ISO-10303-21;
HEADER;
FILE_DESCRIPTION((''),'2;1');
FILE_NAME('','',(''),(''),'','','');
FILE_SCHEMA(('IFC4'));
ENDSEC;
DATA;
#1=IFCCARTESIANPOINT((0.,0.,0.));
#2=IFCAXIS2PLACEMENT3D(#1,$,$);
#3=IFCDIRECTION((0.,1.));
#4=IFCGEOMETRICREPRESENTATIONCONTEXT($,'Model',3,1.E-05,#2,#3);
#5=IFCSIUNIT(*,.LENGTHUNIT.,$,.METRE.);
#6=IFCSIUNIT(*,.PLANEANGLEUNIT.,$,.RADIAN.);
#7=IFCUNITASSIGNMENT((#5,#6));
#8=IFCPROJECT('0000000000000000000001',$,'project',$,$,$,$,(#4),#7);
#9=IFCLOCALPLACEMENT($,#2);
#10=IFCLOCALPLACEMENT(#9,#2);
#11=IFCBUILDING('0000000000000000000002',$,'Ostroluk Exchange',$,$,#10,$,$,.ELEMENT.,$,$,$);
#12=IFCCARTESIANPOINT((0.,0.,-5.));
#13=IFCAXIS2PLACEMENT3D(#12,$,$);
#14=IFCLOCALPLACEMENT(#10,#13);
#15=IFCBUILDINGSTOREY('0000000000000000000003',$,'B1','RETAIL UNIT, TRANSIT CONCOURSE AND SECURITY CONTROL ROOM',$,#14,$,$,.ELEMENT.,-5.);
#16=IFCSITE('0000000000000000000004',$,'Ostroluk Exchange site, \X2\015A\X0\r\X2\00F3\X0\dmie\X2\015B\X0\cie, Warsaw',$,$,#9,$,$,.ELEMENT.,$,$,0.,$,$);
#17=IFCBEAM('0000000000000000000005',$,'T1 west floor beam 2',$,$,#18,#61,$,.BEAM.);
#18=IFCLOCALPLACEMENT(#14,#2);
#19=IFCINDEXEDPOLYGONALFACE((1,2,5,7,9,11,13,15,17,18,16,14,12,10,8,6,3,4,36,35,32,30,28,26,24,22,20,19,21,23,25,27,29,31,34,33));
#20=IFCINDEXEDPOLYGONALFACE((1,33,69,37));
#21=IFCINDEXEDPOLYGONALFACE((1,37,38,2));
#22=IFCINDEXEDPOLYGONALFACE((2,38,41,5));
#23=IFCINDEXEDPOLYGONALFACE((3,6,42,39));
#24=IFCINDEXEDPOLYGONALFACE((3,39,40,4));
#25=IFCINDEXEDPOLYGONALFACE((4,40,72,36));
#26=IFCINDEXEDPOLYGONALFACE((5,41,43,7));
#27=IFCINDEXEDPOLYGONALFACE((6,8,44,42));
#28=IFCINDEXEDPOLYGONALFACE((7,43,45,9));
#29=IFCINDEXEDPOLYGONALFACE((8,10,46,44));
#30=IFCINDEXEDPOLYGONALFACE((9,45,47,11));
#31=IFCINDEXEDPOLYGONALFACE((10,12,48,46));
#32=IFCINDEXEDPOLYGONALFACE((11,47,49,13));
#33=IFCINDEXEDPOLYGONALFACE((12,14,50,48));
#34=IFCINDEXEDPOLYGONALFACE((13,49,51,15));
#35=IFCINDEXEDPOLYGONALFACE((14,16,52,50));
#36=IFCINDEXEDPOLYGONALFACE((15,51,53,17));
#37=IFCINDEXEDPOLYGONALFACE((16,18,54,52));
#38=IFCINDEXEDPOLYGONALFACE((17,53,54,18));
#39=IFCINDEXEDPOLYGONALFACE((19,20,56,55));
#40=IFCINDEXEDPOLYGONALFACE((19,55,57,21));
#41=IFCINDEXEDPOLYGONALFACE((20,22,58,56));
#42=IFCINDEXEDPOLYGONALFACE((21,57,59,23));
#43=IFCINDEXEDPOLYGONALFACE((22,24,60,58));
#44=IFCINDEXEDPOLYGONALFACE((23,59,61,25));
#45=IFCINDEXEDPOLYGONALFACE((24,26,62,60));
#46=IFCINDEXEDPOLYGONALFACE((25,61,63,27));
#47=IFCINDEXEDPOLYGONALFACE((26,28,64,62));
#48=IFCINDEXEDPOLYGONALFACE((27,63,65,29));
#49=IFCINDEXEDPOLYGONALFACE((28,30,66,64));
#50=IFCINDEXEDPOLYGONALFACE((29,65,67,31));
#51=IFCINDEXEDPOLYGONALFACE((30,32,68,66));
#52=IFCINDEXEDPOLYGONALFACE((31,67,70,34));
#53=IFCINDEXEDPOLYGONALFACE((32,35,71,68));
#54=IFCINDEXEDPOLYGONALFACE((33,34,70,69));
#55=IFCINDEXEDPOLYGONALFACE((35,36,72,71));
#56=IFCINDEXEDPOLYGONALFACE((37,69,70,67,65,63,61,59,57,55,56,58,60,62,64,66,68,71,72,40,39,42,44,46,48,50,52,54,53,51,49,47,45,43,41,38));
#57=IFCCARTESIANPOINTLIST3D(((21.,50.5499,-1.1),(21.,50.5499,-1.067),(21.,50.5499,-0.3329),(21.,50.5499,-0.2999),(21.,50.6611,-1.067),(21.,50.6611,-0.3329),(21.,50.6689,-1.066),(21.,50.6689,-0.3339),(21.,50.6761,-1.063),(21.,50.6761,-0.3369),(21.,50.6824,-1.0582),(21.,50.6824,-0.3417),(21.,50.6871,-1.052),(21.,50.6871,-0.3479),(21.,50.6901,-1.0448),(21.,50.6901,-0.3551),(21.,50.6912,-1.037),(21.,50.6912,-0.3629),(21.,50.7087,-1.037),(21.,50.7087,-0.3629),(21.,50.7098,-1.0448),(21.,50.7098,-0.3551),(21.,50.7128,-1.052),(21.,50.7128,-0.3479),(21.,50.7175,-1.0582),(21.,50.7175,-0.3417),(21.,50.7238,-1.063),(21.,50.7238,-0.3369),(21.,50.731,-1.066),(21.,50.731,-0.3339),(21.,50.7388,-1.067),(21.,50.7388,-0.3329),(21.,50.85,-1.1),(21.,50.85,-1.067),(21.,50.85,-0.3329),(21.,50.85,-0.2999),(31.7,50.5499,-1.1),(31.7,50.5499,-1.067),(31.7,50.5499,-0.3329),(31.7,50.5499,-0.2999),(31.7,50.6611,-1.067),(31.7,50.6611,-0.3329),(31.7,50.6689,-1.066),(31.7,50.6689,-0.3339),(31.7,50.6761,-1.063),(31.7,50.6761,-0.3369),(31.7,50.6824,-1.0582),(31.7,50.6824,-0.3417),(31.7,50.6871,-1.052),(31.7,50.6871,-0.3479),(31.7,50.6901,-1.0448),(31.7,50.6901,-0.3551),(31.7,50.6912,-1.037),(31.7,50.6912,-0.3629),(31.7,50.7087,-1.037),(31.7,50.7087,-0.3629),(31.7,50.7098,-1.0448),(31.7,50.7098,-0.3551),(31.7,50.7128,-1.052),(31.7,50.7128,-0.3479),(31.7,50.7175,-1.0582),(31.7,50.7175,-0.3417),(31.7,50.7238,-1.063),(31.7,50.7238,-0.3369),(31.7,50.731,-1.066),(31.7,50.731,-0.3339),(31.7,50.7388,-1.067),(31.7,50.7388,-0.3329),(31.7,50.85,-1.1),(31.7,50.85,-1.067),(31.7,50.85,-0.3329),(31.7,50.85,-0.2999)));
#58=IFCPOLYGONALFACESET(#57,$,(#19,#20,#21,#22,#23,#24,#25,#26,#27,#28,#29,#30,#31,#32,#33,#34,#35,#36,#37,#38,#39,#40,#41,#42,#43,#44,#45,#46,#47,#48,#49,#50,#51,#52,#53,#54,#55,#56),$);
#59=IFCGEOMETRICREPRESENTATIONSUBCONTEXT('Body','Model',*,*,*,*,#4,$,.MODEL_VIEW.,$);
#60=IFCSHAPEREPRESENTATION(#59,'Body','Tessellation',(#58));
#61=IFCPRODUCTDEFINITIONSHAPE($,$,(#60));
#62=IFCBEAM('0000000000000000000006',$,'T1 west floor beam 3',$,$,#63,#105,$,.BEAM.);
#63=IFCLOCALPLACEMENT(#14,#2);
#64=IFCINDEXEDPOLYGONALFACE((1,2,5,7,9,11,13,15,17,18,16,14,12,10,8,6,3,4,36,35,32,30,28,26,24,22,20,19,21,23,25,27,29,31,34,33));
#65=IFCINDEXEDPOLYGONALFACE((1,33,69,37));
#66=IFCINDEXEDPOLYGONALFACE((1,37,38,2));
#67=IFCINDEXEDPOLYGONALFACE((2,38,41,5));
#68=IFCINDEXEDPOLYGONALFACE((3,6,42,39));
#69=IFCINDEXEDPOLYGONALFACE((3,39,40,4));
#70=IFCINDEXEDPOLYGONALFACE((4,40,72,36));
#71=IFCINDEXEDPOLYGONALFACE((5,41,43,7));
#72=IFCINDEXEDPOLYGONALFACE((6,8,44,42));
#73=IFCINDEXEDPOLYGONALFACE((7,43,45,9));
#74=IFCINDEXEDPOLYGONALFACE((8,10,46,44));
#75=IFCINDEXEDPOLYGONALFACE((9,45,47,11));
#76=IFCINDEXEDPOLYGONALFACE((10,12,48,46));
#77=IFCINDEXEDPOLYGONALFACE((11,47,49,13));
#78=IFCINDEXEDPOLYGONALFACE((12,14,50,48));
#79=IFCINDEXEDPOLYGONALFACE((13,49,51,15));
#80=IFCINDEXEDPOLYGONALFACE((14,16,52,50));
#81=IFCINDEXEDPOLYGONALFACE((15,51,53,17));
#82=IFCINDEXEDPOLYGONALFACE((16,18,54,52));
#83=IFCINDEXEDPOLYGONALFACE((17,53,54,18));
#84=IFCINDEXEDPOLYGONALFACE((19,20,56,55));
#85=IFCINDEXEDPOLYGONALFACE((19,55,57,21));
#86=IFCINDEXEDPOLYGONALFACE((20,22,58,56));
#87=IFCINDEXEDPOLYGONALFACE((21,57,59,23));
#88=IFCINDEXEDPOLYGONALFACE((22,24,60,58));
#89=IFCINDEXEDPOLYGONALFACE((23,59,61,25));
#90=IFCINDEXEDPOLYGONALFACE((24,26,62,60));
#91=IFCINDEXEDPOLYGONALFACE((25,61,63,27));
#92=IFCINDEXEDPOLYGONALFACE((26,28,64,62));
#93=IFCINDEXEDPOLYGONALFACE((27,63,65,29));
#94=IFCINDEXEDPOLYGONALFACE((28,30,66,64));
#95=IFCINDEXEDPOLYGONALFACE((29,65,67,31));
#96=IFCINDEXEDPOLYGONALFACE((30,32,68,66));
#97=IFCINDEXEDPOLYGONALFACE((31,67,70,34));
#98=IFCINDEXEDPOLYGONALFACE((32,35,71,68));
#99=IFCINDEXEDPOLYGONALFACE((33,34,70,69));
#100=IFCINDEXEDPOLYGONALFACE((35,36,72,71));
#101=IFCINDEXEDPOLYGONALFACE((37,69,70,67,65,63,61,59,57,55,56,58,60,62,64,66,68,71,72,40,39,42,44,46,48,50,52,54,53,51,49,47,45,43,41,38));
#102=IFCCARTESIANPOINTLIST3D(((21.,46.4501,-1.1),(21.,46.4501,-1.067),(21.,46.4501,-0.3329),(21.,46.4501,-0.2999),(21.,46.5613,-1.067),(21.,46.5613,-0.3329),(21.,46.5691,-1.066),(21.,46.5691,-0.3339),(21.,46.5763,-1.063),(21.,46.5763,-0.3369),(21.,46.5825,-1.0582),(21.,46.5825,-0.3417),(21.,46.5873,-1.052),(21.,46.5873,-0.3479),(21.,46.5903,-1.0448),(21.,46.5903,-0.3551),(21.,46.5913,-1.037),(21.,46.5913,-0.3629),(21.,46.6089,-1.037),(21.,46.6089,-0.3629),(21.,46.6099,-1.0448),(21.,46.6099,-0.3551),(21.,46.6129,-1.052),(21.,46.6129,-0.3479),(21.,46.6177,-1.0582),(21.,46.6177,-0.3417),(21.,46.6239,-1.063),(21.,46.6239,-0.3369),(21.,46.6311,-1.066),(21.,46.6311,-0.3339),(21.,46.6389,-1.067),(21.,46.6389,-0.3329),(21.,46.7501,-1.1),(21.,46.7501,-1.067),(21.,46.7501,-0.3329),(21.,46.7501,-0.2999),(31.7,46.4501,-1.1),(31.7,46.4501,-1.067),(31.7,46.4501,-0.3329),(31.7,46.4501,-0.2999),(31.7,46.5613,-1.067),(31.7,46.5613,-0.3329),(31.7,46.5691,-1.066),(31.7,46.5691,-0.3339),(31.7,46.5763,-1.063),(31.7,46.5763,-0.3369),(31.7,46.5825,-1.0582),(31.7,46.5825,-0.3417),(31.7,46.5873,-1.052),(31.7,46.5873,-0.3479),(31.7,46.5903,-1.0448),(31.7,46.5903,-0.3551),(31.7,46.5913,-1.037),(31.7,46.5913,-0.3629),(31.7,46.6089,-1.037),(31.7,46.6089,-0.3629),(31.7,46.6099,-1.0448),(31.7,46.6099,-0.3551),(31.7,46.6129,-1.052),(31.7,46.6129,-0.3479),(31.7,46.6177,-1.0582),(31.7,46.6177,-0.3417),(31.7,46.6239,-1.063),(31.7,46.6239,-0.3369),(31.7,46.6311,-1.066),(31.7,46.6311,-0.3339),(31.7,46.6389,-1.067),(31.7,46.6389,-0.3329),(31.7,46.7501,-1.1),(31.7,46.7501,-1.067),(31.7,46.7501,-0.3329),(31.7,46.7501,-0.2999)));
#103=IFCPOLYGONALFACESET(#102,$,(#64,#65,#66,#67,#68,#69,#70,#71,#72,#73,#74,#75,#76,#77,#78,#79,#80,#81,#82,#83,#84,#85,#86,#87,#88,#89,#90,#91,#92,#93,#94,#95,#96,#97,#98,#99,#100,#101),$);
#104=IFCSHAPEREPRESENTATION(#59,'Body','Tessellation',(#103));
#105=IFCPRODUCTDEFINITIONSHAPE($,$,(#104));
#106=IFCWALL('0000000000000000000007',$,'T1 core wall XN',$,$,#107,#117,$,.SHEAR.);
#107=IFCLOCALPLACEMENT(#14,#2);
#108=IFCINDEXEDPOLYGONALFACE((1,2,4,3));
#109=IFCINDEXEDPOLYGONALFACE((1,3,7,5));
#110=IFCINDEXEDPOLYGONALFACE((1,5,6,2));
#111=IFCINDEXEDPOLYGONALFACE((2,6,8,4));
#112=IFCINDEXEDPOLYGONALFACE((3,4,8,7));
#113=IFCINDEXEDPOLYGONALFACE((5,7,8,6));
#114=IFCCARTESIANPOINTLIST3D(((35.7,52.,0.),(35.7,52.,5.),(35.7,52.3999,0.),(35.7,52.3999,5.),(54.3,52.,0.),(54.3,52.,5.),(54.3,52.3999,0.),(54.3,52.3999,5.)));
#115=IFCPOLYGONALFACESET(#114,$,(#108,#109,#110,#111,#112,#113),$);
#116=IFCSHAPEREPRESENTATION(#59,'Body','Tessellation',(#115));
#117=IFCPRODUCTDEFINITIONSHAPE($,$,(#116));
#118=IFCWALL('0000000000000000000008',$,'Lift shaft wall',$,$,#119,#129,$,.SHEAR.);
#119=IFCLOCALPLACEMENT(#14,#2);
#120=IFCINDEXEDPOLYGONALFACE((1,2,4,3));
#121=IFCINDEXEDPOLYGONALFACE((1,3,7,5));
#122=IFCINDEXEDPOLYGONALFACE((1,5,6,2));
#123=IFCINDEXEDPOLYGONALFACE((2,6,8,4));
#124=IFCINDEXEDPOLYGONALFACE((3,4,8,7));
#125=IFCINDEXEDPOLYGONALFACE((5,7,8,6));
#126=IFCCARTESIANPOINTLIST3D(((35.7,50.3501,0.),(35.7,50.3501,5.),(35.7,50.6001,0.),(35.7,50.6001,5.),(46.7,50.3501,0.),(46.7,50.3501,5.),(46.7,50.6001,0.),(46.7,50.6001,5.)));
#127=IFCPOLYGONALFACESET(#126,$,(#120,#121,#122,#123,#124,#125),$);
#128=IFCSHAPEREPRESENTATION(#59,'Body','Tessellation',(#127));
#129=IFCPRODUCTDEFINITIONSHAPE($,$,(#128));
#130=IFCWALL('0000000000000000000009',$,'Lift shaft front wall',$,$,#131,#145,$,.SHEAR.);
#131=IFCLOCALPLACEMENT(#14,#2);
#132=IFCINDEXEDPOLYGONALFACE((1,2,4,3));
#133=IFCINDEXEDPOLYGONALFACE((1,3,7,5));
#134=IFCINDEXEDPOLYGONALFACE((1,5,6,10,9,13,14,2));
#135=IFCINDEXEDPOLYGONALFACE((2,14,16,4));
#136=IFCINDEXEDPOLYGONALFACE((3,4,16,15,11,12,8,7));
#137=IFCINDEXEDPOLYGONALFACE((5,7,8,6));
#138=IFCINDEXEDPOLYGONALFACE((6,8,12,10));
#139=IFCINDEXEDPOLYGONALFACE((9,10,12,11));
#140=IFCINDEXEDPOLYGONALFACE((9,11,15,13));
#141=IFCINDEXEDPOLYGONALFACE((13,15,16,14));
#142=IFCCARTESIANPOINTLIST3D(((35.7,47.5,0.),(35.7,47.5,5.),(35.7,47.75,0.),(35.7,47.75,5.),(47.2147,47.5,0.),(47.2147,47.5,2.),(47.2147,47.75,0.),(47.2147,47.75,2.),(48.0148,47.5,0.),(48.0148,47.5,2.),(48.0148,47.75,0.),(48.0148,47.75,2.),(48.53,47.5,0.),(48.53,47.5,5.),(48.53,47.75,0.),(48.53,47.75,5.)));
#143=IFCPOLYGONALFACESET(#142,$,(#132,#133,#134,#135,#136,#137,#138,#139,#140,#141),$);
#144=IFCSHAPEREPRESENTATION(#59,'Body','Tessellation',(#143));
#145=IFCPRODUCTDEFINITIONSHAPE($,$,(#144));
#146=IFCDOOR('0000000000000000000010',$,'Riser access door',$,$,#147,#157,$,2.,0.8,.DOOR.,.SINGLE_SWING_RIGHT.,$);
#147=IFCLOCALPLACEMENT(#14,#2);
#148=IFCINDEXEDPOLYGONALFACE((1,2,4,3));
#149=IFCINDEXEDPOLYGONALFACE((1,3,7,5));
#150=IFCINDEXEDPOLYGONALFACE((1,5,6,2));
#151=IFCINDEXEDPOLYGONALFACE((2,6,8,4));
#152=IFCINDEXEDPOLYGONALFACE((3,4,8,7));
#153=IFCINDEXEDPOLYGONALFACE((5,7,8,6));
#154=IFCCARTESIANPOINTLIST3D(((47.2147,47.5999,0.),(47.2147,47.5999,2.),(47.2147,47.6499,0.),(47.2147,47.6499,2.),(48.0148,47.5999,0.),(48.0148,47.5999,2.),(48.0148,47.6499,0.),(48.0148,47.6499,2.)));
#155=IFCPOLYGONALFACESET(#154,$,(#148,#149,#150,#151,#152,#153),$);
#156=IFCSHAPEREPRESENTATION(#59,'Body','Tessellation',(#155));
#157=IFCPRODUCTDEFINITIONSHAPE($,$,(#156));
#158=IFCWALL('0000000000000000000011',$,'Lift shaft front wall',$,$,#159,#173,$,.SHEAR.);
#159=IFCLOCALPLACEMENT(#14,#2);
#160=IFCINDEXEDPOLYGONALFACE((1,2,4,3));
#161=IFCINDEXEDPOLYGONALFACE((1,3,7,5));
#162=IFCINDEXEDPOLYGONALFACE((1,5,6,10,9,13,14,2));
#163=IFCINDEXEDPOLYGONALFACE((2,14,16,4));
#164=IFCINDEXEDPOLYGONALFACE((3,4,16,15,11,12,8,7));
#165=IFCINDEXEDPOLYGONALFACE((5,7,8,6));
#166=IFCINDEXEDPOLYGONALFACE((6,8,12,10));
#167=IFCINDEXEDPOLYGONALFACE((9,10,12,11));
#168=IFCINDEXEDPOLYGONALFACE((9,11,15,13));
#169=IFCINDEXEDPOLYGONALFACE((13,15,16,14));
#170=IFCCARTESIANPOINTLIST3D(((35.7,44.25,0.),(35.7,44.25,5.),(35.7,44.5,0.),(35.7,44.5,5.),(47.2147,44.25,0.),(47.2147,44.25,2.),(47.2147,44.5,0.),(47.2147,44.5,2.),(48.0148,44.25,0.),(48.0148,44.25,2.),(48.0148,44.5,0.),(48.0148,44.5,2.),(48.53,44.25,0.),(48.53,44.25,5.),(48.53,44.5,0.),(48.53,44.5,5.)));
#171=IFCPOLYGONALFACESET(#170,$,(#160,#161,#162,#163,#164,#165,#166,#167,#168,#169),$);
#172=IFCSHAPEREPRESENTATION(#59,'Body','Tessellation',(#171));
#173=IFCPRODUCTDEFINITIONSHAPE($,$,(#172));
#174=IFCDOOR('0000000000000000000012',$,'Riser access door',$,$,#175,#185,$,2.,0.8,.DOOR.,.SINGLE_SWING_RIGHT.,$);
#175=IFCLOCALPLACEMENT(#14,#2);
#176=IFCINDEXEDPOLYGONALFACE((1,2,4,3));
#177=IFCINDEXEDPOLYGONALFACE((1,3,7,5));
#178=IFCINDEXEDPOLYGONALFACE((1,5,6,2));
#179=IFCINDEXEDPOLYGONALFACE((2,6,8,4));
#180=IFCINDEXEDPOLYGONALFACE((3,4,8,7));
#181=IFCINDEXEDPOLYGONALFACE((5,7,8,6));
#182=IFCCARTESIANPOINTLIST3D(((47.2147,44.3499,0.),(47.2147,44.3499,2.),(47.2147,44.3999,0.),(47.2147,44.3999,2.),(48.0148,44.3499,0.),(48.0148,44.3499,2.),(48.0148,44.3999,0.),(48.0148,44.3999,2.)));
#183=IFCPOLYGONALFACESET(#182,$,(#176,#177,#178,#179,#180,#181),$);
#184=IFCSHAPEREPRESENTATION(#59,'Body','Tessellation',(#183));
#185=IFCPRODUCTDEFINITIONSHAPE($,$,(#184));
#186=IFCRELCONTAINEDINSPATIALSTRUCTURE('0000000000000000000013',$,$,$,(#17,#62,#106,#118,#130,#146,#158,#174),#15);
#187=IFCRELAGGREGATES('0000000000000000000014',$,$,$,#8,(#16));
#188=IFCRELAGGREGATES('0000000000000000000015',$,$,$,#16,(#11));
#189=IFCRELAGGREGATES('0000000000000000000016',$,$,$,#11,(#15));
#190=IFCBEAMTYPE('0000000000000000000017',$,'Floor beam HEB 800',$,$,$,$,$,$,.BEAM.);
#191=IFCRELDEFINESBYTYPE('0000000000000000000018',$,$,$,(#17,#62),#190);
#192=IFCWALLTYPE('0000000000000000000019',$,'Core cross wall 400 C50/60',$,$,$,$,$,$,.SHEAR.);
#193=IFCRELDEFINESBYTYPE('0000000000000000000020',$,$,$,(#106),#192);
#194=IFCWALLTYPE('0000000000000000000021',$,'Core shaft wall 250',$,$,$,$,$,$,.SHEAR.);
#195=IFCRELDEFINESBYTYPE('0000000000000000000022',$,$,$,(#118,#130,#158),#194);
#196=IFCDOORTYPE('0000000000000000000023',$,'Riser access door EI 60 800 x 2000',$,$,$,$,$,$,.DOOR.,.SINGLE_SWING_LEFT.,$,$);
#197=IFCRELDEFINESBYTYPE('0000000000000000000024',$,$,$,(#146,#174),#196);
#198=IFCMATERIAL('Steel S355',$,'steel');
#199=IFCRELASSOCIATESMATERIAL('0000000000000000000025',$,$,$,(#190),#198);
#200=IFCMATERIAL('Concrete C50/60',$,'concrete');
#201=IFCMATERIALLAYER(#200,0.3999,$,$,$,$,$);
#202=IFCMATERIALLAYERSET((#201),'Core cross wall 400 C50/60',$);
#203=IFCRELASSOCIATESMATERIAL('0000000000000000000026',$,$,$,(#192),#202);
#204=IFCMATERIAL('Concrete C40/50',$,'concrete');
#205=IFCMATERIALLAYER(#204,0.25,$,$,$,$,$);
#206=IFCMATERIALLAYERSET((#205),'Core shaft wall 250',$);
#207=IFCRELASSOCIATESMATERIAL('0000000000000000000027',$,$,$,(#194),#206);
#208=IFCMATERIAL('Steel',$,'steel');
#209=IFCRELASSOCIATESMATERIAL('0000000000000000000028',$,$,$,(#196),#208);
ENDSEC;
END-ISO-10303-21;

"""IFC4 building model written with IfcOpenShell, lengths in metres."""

from ifc_helpers import new_model, si_unit, direction, frame, frame_2d, origin, origin_2d, place, context, subcontext, project, spatial, rectangle, i_section, extrude, material, layer, layer_set, material_profile, profile_set, type_object, element, fill, save


model = new_model("IFC4")

# Units and contexts
model_context = context("Model", 3, precision=1e-05, world=origin(), true_north=direction((0.0, 1.0)))
body_context = subcontext(model_context, "Body", "Model", "MODEL_VIEW")
ifc_project = project(units=[si_unit("LENGTHUNIT", "METRE"), si_unit("PLANEANGLEUNIT", "RADIAN")], contexts=[model_context])

# Site, building, storey
site_placement = place(None, origin())
site = spatial("IfcSite", under=ifc_project, at=site_placement, Name="Ostroluk Exchange site, Śródmieście, Warsaw", CompositionType="ELEMENT", RefElevation=0.0)
building_placement = place(site_placement, origin())
building = spatial("IfcBuilding", under=site, at=building_placement, Name="Ostroluk Exchange", CompositionType="ELEMENT")
storey_placement = place(building_placement, frame((0.0, 0.0, -5.0)))
storey = spatial("IfcBuildingStorey", under=building, at=storey_placement, Name="B1", Description="RETAIL UNIT, TRANSIT CONCOURSE AND SECURITY CONTROL ROOM", CompositionType="ELEMENT", Elevation=-5.0)

# Beams
ifc_material_1 = material(Name="Steel S355", Category="steel")
ifc_material_profile = material_profile(ifc_material_1, i_section(OverallWidth=0.3, OverallDepth=0.8, WebThickness=0.0176, FlangeThickness=0.033, FilletRadius=0.03, at=origin_2d()), Name="HEB 800")
ifc_profile_set = profile_set([ifc_material_profile], Name="Steel S355")
beam_type = type_object("IfcBeamType", Name="Floor beam HEB 800", PredefinedType="BEAM", material=ifc_profile_set)
for number, where, z_axis, x_axis, name in (
    (1, (31.7, 50.7, -0.7), (-1.0, 0.0, 0.0), (0.0, -1.0, 0.0), "T1 west floor beam 2"),
    (2, (31.7, 46.6001, -0.7), (-1.0, 0.0, 0.0), (0.0, -1.0, 0.0), "T1 west floor beam 3"),
):
    element("IfcBeam", number, at=place(storey_placement, frame(where, z_axis=z_axis, x_axis=x_axis)), inside=storey, type_object=beam_type, Name=name, PredefinedType="BEAM", context=body_context, shape_type="SweptSolid", body=[
        extrude(i_section(OverallWidth=0.3, OverallDepth=0.8, WebThickness=0.0176, FlangeThickness=0.033, FilletRadius=0.03, at=origin_2d()), origin(), (0.0, 0.0, 1.0), 10.7),
    ])

# Walls
ifc_material_2 = material(Name="Concrete C50/60", Category="concrete")
ifc_layer_1 = layer(ifc_material_2, 0.3999)
ifc_layer_set_1 = layer_set([ifc_layer_1], Name="Core cross wall 400 C50/60")
wall_type_1 = type_object("IfcWallType", Name="Core cross wall 400 C50/60", PredefinedType="SHEAR", material=ifc_layer_set_1)
wall_1_placement = place(storey_placement, frame((35.7, 52.2, 0.0), z_axis=(0.0, 0.0, 1.0), x_axis=(1.0, 0.0, 0.0)))
element("IfcWall", 3, at=wall_1_placement, inside=storey, type_object=wall_type_1, Name="T1 core wall XN", PredefinedType="SHEAR", context=body_context, shape_type="SweptSolid", body=[
    extrude(rectangle(XDim=18.6001, YDim=0.3999, at=frame_2d((9.3, 0.0))), origin(), (0.0, 0.0, 1.0), 5.0),
])
ifc_material_3 = material(Name="Concrete C40/50", Category="concrete")
ifc_layer_2 = layer(ifc_material_3, 0.25)
ifc_layer_set_2 = layer_set([ifc_layer_2], Name="Core shaft wall 250")
wall_type_2 = type_object("IfcWallType", Name="Core shaft wall 250", PredefinedType="SHEAR", material=ifc_layer_set_2)
wall_2_placement = place(storey_placement, frame((35.7, 50.4751, 0.0), z_axis=(0.0, 0.0, 1.0), x_axis=(1.0, 0.0, 0.0)))
element("IfcWall", 4, at=wall_2_placement, inside=storey, type_object=wall_type_2, Name="Lift shaft wall", PredefinedType="SHEAR", context=body_context, shape_type="SweptSolid", body=[
    extrude(rectangle(XDim=11.0, YDim=0.25, at=frame_2d((5.5, 0.0))), origin(), (0.0, 0.0, 1.0), 5.0),
])

# Walls, openings, doors
wall_3_placement = place(storey_placement, frame((35.7, 47.625, 0.0), z_axis=(0.0, 0.0, 1.0), x_axis=(1.0, 0.0, 0.0)))
wall_3 = element("IfcWall", 5, at=wall_3_placement, inside=storey, type_object=wall_type_2, Name="Lift shaft front wall", PredefinedType="SHEAR", context=body_context, shape_type="SweptSolid", body=[
    extrude(rectangle(XDim=12.8301, YDim=0.25, at=frame_2d((6.415, 0.0))), origin(), (0.0, 0.0, 1.0), 5.0),
])
opening_1_placement = place(wall_3_placement, frame((11.5149, 0.0, 0.0)))
opening_1 = element("IfcOpeningElement", 6, at=opening_1_placement, cuts=wall_3, PredefinedType="OPENING", context=body_context, shape_type="SweptSolid", body=[
    extrude(rectangle(XDim=0.8, YDim=2.0, at=frame_2d((0.3999, 1.0))), frame((0.0, 0.135, 0.0), z_axis=(0.0, -1.0, 0.0), x_axis=(1.0, 0.0, 0.0)), (0.0, 0.0, 1.0), 0.27),
])
ifc_material_4 = material(Name="Steel", Category="steel")
door_type = type_object("IfcDoorType", Name="Riser access door EI 60 800 x 2000", OperationType="SINGLE_SWING_LEFT", PredefinedType="DOOR", material=ifc_material_4)
door_1_placement = place(opening_1_placement, origin())
door_1 = element("IfcDoor", 7, at=door_1_placement, inside=storey, type_object=door_type, Name="Riser access door", OperationType="SINGLE_SWING_RIGHT", OverallHeight=2.0, OverallWidth=0.8, PredefinedType="DOOR", context=body_context, shape_type="SweptSolid", body=[
    extrude(rectangle(XDim=0.8, YDim=2.0, at=frame_2d((0.3999, 1.0))), frame((0.0, 0.0249, 0.0), z_axis=(0.0, -1.0, 0.0), x_axis=(1.0, 0.0, 0.0)), (0.0, 0.0, 1.0), 0.05),
])
fill(opening_1, door_1)
wall_4_placement = place(storey_placement, frame((35.7, 44.375, 0.0), z_axis=(0.0, 0.0, 1.0), x_axis=(1.0, 0.0, 0.0)))
wall_4 = element("IfcWall", 8, at=wall_4_placement, inside=storey, type_object=wall_type_2, Name="Lift shaft front wall", PredefinedType="SHEAR", context=body_context, shape_type="SweptSolid", body=[
    extrude(rectangle(XDim=12.8301, YDim=0.25, at=frame_2d((6.415, 0.0))), origin(), (0.0, 0.0, 1.0), 5.0),
])
opening_2_placement = place(wall_4_placement, frame((11.5149, 0.0, 0.0)))
opening_2 = element("IfcOpeningElement", 9, at=opening_2_placement, cuts=wall_4, PredefinedType="OPENING", context=body_context, shape_type="SweptSolid", body=[
    extrude(rectangle(XDim=0.8, YDim=2.0, at=frame_2d((0.3999, 1.0))), frame((0.0, 0.135, 0.0), z_axis=(0.0, -1.0, 0.0), x_axis=(1.0, 0.0, 0.0)), (0.0, 0.0, 1.0), 0.27),
])
door_2_placement = place(opening_2_placement, origin())
door_2 = element("IfcDoor", 10, at=door_2_placement, inside=storey, type_object=door_type, Name="Riser access door", OperationType="SINGLE_SWING_RIGHT", OverallHeight=2.0, OverallWidth=0.8, PredefinedType="DOOR", context=body_context, shape_type="SweptSolid", body=[
    extrude(rectangle(XDim=0.8, YDim=2.0, at=frame_2d((0.3999, 1.0))), frame((0.0, 0.0249, 0.0), z_axis=(0.0, -1.0, 0.0), x_axis=(1.0, 0.0, 0.0)), (0.0, 0.0, 1.0), 0.05),
])
fill(opening_2, door_2)

save(model, "model.ifc")
